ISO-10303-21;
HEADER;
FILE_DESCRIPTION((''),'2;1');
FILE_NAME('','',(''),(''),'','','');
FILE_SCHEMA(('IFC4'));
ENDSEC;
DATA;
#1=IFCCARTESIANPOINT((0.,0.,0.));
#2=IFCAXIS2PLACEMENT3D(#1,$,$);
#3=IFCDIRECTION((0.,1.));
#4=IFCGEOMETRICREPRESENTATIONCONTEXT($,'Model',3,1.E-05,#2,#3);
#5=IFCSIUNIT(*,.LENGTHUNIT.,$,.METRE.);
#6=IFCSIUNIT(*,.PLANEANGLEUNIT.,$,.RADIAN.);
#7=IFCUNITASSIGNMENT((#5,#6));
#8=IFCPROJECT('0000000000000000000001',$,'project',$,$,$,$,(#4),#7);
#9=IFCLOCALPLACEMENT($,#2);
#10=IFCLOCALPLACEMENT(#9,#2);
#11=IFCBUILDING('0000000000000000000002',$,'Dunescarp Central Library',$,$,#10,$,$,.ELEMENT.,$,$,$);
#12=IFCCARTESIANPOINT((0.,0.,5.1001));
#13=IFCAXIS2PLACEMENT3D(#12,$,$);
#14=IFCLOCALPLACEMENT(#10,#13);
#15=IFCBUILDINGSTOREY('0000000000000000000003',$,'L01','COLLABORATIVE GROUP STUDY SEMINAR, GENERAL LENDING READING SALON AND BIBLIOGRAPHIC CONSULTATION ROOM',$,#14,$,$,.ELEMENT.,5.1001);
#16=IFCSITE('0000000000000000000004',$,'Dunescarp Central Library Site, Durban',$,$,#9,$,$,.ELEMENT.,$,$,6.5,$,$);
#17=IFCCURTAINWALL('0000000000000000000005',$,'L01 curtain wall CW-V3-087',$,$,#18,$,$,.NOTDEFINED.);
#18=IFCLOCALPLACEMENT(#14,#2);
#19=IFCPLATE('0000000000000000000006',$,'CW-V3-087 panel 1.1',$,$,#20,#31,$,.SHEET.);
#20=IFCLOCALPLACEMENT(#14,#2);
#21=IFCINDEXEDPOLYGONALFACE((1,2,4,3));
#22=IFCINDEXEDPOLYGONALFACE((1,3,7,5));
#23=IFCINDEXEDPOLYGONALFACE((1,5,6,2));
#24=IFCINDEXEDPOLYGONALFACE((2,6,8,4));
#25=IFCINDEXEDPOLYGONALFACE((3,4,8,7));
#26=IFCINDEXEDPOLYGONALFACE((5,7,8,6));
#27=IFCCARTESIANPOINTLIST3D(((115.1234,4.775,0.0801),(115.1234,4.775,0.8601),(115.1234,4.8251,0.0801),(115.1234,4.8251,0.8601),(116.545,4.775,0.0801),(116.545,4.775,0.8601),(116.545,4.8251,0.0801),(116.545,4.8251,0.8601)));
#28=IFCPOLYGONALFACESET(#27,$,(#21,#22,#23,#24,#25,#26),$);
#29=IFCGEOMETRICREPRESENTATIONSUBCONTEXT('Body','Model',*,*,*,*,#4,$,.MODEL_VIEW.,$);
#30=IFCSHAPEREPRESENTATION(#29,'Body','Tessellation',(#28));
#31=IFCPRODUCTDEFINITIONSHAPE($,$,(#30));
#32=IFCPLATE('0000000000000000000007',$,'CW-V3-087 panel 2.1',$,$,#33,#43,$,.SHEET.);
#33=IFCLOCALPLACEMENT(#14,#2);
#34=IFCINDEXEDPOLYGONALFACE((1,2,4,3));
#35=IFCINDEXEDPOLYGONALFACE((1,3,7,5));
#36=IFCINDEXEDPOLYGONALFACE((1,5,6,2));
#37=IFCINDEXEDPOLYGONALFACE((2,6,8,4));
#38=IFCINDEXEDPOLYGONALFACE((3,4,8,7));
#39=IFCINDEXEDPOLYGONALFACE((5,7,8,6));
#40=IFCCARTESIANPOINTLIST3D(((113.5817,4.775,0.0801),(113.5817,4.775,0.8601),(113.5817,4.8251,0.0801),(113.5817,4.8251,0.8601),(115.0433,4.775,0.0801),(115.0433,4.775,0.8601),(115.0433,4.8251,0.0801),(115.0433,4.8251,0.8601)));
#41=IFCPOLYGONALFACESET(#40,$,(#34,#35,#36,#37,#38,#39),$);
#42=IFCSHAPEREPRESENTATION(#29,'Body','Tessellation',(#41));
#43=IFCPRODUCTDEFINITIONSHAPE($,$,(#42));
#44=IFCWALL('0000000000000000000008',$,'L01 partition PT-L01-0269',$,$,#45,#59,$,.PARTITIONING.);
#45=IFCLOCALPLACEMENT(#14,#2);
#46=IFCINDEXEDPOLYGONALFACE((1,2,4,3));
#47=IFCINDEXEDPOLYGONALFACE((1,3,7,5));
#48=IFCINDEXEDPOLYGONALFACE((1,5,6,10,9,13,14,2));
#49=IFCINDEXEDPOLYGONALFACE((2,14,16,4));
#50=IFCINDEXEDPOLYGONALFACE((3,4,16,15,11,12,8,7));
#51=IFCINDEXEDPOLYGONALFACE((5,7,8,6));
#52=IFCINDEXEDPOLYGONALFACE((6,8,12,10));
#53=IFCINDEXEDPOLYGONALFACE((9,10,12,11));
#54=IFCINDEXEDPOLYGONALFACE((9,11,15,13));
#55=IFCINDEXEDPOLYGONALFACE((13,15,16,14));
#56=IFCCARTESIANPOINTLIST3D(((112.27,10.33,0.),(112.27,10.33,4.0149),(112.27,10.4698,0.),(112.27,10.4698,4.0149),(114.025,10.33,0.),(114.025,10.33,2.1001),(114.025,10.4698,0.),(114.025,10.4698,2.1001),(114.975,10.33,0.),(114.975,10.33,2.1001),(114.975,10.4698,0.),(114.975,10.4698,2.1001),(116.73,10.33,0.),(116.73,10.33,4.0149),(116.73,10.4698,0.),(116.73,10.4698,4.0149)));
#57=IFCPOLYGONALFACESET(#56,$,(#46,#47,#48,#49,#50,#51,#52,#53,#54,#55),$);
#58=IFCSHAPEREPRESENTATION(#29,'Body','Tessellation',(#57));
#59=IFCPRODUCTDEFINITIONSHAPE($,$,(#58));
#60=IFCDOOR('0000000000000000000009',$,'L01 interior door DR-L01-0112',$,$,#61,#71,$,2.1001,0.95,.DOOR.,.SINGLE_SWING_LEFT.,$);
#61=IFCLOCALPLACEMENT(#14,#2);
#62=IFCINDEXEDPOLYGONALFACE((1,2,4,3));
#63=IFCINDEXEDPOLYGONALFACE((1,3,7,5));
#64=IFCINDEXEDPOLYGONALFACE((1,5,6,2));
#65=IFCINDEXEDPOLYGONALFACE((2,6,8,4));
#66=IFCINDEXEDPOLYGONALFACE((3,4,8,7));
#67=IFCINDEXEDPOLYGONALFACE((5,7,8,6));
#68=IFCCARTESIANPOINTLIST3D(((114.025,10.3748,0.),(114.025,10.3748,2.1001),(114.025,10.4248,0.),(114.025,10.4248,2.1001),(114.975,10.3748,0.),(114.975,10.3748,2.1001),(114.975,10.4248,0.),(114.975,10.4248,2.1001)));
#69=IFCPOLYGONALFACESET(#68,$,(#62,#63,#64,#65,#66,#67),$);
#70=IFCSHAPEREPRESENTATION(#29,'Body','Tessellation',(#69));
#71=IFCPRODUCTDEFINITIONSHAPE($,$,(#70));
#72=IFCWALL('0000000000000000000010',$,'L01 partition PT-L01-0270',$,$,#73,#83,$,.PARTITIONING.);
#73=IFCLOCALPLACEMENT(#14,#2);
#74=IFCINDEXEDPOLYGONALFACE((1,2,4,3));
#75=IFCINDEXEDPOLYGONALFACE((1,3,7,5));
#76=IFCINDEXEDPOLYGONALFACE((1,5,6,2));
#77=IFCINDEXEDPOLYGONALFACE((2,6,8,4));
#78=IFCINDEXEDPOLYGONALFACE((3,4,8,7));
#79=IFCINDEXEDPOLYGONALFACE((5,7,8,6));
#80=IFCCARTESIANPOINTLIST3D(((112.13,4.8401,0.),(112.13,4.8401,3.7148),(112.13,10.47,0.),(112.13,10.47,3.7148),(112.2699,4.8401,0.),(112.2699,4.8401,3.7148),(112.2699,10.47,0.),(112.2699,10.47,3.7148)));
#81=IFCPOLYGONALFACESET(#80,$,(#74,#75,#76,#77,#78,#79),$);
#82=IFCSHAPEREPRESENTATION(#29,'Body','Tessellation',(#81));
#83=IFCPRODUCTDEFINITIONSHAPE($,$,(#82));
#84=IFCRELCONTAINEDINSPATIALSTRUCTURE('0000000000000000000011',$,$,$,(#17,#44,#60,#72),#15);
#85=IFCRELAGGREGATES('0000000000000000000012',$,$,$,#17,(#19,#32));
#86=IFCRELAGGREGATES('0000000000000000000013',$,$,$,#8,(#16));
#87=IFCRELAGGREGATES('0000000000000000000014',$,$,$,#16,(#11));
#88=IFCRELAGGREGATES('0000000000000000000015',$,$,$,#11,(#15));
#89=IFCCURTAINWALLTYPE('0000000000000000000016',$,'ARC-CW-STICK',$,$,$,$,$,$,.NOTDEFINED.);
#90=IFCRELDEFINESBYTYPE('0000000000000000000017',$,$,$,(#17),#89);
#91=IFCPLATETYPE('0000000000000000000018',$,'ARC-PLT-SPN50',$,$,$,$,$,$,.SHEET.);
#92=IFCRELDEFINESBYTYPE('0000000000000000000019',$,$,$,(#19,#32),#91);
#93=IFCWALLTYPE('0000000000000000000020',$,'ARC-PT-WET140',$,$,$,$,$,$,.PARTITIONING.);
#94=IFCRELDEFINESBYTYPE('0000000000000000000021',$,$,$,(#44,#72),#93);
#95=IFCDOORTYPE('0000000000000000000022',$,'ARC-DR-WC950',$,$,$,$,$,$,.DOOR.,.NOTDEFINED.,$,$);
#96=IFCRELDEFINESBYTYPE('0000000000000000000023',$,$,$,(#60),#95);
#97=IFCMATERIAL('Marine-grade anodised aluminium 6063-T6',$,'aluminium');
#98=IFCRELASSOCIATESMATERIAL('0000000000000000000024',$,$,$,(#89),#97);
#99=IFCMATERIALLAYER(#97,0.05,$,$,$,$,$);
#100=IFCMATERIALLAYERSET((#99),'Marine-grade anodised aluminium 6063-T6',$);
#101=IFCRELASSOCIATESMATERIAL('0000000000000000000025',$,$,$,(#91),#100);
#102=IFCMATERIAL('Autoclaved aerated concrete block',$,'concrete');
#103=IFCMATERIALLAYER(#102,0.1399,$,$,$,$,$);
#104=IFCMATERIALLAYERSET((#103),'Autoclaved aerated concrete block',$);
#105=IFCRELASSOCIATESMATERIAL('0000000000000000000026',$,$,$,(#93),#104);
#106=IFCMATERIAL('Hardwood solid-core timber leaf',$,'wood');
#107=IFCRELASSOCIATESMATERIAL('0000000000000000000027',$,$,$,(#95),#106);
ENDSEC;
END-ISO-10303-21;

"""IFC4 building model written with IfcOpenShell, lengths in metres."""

from ifc_helpers import new_model, si_unit, direction, frame, frame_2d, origin, origin_2d, place, context, subcontext, project, spatial, rectangle, extrude, material, layer, layer_set, type_object, element, fill, aggregate, save


model = new_model("IFC4")

# Units and contexts
model_context = context("Model", 3, precision=1e-05, world=origin(), true_north=direction((0.0, 1.0)))
body_context = subcontext(model_context, "Body", "Model", "MODEL_VIEW")
ifc_project = project(units=[si_unit("LENGTHUNIT", "METRE"), si_unit("PLANEANGLEUNIT", "RADIAN")], contexts=[model_context])

# Site, building, storey
site_placement = place(None, origin())
site = spatial("IfcSite", under=ifc_project, at=site_placement, Name="Dunescarp Central Library Site, Durban", CompositionType="ELEMENT", RefElevation=6.5)
building_placement = place(site_placement, origin())
building = spatial("IfcBuilding", under=site, at=building_placement, Name="Dunescarp Central Library", CompositionType="ELEMENT")
storey_placement = place(building_placement, frame((0.0, 0.0, 5.1001)))
storey = spatial("IfcBuildingStorey", under=building, at=storey_placement, Name="L01", Description="COLLABORATIVE GROUP STUDY SEMINAR, GENERAL LENDING READING SALON AND BIBLIOGRAPHIC CONSULTATION ROOM", CompositionType="ELEMENT", Elevation=5.1001)

# Curtain wall
ifc_material_1 = material(Name="Marine-grade anodised aluminium 6063-T6", Category="aluminium")
curtain_wall_type = type_object("IfcCurtainWallType", Name="ARC-CW-STICK", PredefinedType="NOTDEFINED", material=ifc_material_1)
curtain_wall_placement = place(storey_placement, origin())
curtain_wall = element("IfcCurtainWall", 1, at=curtain_wall_placement, inside=storey, type_object=curtain_wall_type, Name="L01 curtain wall CW-V3-087", PredefinedType="NOTDEFINED")

# Plates
ifc_layer_1 = layer(ifc_material_1, 0.05)
ifc_layer_set_1 = layer_set([ifc_layer_1], Name="Marine-grade anodised aluminium 6063-T6")
plate_type_1 = type_object("IfcPlateType", Name="ARC-PLT-SPN50", PredefinedType="SHEET", material=ifc_layer_set_1)
plate_1_placement = place(storey_placement, frame((115.8342, 4.8, 0.0801), z_axis=(0.0, 0.0, 1.0), x_axis=(-1.0, 0.0, 0.0)))
plate_1 = element("IfcPlate", 2, at=plate_1_placement, type_object=plate_type_1, Name="CW-V3-087 panel 1.1", PredefinedType="SHEET", context=body_context, shape_type="SweptSolid", body=[
    extrude(rectangle(XDim=1.4216, YDim=0.05, at=origin_2d()), origin(), (0.0, 0.0, 1.0), 0.78),
])
plate_2_placement = place(storey_placement, frame((114.3125, 4.8, 0.0801), z_axis=(0.0, 0.0, 1.0), x_axis=(-1.0, 0.0, 0.0)))
plate_2 = element("IfcPlate", 3, at=plate_2_placement, type_object=plate_type_1, Name="CW-V3-087 panel 2.1", PredefinedType="SHEET", context=body_context, shape_type="SweptSolid", body=[
    extrude(rectangle(XDim=1.4617, YDim=0.05, at=origin_2d()), origin(), (0.0, 0.0, 1.0), 0.78),
])
aggregate(curtain_wall, [plate_1, plate_2])

# Wall, opening, door
ifc_material_2 = material(Name="Autoclaved aerated concrete block", Category="concrete")
ifc_layer_2 = layer(ifc_material_2, 0.1399)
ifc_layer_set_2 = layer_set([ifc_layer_2], Name="Autoclaved aerated concrete block")
wall_type = type_object("IfcWallType", Name="ARC-PT-WET140", PredefinedType="PARTITIONING", material=ifc_layer_set_2)
wall_1_placement = place(storey_placement, frame((112.27, 10.3999, 0.0), z_axis=(0.0, 0.0, 1.0), x_axis=(1.0, 0.0, 0.0)))
wall_1 = element("IfcWall", 4, at=wall_1_placement, inside=storey, type_object=wall_type, Name="L01 partition PT-L01-0269", PredefinedType="PARTITIONING", context=body_context, shape_type="SweptSolid", body=[
    extrude(rectangle(XDim=4.46, YDim=0.1399, at=frame_2d((2.23, 0.0))), origin(), (0.0, 0.0, 1.0), 4.0149),
])
opening_placement = place(wall_1_placement, frame((1.7549, 0.0, 0.0)))
opening = element("IfcOpeningElement", 5, at=opening_placement, cuts=wall_1, PredefinedType="OPENING", context=body_context, shape_type="SweptSolid", body=[
    extrude(rectangle(XDim=0.95, YDim=2.1001, at=frame_2d((0.4751, 1.05))), frame((0.0, 0.0801, 0.0), z_axis=(0.0, -1.0, 0.0), x_axis=(1.0, 0.0, 0.0)), (0.0, 0.0, 1.0), 0.1599),
])
ifc_material_3 = material(Name="Hardwood solid-core timber leaf", Category="wood")
door_type = type_object("IfcDoorType", Name="ARC-DR-WC950", OperationType="NOTDEFINED", PredefinedType="DOOR", material=ifc_material_3)
door_placement = place(opening_placement, origin())
door = element("IfcDoor", 6, at=door_placement, inside=storey, type_object=door_type, Name="L01 interior door DR-L01-0112", OperationType="SINGLE_SWING_LEFT", OverallHeight=2.1001, OverallWidth=0.95, PredefinedType="DOOR", context=body_context, shape_type="SweptSolid", body=[
    extrude(rectangle(XDim=0.95, YDim=2.1001, at=frame_2d((0.4751, 1.05))), frame((0.0, 0.0249, 0.0), z_axis=(0.0, -1.0, 0.0), x_axis=(1.0, 0.0, 0.0)), (0.0, 0.0, 1.0), 0.05),
])
fill(opening, door)

# Wall
wall_2_placement = place(storey_placement, frame((112.2, 4.8401, 0.0), z_axis=(0.0, 0.0, 1.0), x_axis=(0.0, 1.0, 0.0)))
element("IfcWall", 7, at=wall_2_placement, inside=storey, type_object=wall_type, Name="L01 partition PT-L01-0270", PredefinedType="PARTITIONING", context=body_context, shape_type="SweptSolid", body=[
    extrude(rectangle(XDim=5.6299, YDim=0.1399, at=frame_2d((2.8149, 0.0))), origin(), (0.0, 0.0, 1.0), 3.7148),
])

save(model, "model.ifc")
